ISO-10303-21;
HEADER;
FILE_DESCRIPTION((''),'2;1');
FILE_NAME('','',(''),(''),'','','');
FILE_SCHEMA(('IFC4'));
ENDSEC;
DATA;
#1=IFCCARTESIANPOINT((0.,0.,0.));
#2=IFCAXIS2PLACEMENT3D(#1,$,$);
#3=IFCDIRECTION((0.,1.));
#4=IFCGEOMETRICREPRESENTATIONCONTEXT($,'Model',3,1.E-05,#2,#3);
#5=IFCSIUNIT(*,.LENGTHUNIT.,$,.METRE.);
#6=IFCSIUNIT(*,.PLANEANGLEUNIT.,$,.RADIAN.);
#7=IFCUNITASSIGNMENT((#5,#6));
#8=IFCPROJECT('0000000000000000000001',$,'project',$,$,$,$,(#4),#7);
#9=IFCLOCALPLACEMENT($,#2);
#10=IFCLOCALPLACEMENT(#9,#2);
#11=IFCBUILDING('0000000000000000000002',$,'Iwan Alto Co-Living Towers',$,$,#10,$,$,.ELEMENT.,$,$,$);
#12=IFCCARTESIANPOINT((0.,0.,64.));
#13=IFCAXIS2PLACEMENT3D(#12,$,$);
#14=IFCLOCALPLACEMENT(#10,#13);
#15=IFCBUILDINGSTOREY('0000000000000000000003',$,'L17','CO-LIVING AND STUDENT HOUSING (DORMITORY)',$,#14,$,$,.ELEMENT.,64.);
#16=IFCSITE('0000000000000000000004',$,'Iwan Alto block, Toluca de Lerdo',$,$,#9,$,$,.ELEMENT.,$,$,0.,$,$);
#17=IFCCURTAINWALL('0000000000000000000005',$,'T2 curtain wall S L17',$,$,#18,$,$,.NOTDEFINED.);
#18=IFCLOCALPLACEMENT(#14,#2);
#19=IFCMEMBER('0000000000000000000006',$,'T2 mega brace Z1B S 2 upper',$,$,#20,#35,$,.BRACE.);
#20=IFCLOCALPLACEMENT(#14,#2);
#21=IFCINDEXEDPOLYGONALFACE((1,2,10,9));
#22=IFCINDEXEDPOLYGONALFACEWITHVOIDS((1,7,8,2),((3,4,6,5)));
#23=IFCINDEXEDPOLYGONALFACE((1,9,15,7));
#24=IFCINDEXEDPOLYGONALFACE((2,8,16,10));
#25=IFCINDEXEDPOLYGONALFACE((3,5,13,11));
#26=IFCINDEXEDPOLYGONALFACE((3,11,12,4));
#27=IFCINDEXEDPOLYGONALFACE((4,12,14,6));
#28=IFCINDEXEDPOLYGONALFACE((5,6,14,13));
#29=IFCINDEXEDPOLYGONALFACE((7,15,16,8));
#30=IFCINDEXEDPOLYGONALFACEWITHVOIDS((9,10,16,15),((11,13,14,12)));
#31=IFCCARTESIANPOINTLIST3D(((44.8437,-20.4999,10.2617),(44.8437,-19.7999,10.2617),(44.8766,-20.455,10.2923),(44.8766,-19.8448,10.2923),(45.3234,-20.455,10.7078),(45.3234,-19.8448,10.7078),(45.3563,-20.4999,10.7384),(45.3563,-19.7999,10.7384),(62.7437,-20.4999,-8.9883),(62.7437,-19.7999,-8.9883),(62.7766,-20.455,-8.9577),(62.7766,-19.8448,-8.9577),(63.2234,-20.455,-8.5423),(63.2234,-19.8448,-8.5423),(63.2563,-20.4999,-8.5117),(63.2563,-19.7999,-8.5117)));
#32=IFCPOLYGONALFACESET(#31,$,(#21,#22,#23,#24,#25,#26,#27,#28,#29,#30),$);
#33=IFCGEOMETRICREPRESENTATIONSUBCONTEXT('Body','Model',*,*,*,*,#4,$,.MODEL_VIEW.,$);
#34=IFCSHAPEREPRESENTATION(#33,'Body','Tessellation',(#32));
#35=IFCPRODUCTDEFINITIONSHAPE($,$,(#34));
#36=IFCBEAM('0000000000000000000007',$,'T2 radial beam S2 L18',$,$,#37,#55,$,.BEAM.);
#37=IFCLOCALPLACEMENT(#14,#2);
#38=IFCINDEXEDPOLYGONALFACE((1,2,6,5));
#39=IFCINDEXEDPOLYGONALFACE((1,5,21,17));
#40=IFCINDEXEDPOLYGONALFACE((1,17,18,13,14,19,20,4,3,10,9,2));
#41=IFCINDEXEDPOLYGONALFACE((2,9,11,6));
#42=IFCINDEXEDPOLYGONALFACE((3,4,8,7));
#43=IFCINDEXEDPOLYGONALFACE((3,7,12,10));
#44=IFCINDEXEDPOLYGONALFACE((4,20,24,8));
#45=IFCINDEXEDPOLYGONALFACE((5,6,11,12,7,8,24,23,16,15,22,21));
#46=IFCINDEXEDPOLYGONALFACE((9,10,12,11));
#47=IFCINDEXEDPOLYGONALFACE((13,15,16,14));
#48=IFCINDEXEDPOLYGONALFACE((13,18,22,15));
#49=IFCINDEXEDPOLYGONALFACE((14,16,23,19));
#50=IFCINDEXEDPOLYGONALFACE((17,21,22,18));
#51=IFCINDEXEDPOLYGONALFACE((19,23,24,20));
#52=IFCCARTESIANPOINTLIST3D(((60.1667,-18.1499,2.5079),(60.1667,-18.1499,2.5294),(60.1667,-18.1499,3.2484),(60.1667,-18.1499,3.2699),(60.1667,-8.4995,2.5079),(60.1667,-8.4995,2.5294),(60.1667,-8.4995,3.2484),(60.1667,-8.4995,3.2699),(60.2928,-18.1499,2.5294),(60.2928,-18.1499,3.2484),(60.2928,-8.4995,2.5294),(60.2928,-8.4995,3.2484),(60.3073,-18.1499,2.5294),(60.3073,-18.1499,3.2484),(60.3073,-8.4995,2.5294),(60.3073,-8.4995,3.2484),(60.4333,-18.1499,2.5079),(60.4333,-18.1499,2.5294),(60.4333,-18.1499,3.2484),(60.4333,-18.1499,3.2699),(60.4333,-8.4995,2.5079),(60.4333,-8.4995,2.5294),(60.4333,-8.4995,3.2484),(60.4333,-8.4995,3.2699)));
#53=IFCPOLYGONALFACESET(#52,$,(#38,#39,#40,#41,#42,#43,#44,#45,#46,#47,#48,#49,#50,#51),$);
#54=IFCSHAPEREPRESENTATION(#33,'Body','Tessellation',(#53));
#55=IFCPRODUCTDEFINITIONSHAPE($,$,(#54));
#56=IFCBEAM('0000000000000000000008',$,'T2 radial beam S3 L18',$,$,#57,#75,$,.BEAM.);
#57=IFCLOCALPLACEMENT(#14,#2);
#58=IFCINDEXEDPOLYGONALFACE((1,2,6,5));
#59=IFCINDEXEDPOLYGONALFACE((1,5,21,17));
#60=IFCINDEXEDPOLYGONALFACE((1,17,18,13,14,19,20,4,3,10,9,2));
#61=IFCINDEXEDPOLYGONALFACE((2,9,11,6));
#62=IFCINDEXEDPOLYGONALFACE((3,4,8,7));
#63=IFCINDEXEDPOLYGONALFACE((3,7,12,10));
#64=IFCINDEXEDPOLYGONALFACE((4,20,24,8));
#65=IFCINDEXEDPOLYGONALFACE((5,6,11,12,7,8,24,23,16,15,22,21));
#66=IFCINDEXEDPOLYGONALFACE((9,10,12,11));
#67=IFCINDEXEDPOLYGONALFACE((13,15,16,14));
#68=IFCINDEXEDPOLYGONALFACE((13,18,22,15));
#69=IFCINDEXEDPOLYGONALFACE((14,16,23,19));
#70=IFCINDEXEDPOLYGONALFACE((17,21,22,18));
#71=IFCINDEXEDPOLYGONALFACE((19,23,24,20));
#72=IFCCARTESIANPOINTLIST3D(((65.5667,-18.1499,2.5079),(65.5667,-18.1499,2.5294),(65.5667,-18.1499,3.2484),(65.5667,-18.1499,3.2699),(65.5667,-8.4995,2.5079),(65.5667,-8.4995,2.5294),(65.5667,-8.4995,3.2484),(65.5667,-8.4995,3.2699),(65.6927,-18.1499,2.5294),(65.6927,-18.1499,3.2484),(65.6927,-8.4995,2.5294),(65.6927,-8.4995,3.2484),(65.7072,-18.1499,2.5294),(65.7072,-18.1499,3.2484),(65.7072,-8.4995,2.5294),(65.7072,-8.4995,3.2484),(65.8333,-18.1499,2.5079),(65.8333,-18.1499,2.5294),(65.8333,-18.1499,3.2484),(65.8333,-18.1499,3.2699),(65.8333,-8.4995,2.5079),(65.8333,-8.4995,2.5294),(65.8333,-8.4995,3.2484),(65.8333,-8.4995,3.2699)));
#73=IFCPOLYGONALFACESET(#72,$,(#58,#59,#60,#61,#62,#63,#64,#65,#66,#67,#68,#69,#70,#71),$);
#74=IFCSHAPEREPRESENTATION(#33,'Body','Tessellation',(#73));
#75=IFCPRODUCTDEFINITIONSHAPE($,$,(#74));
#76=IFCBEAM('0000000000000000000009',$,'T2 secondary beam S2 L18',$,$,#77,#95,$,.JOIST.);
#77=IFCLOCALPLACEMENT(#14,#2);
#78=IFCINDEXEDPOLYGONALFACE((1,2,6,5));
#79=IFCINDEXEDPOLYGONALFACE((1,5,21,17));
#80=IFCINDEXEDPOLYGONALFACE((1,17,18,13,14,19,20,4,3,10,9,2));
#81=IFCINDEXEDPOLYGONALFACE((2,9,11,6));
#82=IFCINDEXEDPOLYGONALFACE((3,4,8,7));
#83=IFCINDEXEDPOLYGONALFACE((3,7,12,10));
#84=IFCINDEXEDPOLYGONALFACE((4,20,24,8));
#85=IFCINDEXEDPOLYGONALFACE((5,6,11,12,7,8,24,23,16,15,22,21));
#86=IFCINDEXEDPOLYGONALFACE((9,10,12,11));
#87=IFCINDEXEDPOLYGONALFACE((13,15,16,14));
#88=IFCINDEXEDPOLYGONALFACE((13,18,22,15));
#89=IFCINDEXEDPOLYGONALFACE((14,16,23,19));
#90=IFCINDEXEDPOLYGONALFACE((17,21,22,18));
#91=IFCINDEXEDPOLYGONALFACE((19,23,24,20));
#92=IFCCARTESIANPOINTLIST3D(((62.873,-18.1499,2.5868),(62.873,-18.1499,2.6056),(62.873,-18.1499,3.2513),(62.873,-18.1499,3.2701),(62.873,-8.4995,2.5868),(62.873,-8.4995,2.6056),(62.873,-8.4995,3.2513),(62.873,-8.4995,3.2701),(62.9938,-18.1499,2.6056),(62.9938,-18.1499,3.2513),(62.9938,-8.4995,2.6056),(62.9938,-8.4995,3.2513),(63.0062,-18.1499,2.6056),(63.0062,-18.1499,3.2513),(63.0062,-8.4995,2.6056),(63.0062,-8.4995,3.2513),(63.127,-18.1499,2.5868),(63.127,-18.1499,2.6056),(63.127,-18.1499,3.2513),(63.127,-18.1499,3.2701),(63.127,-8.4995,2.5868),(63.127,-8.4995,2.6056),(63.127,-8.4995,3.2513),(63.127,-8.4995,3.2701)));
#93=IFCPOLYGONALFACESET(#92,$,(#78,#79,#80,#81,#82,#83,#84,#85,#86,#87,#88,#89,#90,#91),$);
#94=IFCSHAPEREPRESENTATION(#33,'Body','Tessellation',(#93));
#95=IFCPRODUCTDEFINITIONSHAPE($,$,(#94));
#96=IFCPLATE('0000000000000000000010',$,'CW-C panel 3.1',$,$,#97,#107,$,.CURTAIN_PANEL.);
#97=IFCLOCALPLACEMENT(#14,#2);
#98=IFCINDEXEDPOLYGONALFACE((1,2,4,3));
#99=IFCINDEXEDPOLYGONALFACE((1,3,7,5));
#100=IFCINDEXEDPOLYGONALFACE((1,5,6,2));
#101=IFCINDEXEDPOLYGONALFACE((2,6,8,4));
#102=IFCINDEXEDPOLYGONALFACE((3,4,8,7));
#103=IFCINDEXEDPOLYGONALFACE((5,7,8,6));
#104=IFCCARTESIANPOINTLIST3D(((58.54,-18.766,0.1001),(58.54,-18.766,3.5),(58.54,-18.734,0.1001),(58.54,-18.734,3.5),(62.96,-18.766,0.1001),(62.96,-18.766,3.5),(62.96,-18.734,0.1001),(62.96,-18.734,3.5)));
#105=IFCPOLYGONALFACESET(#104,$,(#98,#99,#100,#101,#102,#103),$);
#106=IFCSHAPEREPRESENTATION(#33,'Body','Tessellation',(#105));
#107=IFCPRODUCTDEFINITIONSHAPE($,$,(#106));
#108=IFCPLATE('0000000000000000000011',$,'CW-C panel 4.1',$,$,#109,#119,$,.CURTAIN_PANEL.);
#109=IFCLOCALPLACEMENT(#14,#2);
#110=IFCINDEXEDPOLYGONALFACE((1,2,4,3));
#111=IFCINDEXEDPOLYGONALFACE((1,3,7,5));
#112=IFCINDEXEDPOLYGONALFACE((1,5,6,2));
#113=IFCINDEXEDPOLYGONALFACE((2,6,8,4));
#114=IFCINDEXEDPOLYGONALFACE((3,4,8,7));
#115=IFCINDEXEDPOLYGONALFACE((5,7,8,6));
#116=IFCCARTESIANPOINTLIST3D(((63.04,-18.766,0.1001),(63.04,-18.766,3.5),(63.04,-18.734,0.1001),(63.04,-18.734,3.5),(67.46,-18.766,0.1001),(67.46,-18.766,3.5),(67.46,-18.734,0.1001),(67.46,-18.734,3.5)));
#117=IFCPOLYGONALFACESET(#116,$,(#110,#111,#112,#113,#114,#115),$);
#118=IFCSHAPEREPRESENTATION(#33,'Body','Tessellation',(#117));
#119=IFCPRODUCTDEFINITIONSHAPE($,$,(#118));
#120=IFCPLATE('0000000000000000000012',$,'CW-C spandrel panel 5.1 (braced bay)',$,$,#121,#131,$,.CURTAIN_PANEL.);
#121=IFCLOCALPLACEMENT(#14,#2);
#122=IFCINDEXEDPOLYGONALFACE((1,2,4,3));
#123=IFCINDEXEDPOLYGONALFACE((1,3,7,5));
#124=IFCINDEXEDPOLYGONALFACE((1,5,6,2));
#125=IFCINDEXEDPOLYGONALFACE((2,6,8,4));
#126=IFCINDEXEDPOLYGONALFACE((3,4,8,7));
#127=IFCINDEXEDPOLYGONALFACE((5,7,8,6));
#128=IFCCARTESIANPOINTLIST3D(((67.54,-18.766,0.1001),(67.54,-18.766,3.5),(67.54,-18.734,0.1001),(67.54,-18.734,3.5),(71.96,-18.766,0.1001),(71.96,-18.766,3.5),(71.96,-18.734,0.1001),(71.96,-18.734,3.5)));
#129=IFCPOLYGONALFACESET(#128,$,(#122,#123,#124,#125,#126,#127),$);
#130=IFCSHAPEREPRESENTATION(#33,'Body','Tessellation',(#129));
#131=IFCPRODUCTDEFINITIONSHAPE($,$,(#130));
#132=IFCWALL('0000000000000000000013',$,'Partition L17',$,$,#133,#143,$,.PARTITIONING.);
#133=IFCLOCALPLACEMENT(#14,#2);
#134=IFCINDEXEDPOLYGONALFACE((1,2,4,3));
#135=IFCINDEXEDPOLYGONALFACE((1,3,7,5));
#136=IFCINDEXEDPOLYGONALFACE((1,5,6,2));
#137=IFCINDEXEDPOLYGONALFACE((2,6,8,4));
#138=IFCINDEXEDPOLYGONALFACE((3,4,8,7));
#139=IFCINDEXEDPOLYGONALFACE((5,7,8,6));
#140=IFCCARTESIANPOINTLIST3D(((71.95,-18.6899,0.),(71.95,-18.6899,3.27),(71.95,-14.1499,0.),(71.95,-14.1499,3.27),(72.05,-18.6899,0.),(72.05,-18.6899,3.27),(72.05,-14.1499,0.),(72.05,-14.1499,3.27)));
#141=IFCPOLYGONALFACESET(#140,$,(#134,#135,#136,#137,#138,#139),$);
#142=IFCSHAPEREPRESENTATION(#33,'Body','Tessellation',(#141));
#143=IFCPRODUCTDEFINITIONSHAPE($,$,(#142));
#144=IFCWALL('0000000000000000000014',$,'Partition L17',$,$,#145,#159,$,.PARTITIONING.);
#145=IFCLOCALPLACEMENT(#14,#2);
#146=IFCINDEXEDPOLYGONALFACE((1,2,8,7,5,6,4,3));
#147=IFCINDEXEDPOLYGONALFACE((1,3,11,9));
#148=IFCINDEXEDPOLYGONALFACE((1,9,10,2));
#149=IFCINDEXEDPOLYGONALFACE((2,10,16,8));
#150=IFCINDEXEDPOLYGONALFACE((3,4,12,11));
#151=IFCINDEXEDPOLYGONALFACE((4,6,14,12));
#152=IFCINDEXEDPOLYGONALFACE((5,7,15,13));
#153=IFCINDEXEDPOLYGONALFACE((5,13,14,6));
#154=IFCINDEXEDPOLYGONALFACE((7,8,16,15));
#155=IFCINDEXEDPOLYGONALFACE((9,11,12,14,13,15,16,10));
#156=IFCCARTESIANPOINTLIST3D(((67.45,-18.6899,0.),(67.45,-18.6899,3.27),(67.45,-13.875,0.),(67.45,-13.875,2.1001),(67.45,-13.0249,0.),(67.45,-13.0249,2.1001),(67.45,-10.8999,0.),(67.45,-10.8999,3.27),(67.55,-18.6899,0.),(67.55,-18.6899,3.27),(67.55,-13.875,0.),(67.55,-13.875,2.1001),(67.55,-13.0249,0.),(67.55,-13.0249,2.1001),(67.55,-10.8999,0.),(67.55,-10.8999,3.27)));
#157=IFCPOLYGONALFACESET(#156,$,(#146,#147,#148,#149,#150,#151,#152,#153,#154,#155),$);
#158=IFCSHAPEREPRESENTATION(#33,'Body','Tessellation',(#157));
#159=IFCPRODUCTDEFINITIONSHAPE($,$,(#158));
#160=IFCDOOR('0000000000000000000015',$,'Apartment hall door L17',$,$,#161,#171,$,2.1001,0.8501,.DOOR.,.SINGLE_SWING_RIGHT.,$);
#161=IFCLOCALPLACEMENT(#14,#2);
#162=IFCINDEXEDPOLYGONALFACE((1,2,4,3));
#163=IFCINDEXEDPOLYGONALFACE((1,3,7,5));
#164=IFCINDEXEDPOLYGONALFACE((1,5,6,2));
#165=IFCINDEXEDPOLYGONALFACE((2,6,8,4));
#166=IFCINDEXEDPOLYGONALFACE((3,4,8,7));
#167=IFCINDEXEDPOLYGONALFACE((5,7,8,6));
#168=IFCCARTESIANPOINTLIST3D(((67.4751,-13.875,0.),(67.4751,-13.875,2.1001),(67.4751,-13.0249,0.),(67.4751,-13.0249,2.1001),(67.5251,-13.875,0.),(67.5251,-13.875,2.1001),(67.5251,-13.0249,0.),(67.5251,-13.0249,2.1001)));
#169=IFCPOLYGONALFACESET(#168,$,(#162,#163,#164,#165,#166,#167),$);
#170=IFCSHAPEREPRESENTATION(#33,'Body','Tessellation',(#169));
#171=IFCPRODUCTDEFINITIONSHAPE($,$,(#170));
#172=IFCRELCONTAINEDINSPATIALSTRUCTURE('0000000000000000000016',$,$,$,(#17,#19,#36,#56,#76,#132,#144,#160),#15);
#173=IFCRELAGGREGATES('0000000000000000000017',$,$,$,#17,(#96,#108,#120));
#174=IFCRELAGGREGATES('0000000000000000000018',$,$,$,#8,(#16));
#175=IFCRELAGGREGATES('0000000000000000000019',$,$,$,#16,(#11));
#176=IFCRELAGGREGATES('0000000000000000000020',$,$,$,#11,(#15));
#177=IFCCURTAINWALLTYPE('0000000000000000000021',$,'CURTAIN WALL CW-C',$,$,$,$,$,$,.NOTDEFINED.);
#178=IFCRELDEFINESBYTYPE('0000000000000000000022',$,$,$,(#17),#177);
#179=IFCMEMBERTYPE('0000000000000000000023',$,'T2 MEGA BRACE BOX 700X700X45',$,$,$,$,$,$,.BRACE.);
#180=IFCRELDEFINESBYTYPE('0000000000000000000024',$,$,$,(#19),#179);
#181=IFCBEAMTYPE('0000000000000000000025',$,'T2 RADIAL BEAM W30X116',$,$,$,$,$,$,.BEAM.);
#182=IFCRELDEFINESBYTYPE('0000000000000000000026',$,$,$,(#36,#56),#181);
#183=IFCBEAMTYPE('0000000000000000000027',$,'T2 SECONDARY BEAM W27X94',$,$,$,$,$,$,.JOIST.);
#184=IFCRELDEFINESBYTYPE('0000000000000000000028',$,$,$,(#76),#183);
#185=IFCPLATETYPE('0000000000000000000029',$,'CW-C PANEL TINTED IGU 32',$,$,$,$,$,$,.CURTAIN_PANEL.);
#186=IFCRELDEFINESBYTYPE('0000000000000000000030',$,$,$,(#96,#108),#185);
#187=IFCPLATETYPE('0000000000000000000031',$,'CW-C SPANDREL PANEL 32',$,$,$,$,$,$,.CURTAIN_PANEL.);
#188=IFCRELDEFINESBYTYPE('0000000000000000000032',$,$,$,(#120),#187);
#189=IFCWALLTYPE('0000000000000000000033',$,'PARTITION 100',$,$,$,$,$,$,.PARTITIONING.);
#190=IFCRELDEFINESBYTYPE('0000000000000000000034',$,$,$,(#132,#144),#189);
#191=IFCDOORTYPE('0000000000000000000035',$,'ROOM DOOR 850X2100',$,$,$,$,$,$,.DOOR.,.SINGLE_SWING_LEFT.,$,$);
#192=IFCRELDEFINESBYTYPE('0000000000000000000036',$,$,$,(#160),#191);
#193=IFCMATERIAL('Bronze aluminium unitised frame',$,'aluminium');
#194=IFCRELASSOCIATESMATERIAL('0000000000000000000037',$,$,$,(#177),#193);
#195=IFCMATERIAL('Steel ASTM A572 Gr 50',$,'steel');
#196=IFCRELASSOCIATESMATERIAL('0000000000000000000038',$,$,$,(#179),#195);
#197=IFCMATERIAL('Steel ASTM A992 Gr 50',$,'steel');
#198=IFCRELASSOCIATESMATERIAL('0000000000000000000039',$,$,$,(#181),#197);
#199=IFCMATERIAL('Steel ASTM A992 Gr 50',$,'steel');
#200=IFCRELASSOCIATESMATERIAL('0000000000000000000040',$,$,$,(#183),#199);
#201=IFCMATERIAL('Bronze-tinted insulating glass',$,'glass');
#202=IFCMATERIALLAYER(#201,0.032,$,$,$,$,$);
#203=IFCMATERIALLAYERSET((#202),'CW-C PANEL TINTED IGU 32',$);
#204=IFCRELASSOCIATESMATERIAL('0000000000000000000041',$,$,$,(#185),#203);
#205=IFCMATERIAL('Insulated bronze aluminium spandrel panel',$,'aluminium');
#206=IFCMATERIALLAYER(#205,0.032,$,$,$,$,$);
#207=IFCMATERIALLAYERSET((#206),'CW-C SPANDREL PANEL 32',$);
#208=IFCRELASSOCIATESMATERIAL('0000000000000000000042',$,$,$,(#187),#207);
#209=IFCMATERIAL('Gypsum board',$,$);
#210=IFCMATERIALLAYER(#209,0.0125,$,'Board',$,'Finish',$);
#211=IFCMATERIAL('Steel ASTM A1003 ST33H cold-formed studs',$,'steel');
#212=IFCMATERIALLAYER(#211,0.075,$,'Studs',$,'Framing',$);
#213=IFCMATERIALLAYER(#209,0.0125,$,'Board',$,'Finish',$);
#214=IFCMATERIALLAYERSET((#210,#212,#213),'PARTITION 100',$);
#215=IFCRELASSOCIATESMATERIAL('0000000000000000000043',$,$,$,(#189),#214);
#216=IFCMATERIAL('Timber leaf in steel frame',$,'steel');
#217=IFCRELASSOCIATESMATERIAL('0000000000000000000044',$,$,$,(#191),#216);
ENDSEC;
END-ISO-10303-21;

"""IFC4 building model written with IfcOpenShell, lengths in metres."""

from ifc_helpers import new_model, si_unit, direction, frame, frame_2d, origin, origin_2d, place, context, subcontext, project, spatial, rectangle, hollow_rectangle, i_section, extrude, material, layer, layer_set, material_profile, profile_set, type_object, element, fill, aggregate, save


model = new_model("IFC4")

# Units and contexts
model_context = context("Model", 3, precision=1e-05, world=origin(), true_north=direction((0.0, 1.0)))
body_context = subcontext(model_context, "Body", "Model", "MODEL_VIEW")
ifc_project = project(units=[si_unit("LENGTHUNIT", "METRE"), si_unit("PLANEANGLEUNIT", "RADIAN")], contexts=[model_context])

# Site, building, storey
site_placement = place(None, origin())
site = spatial("IfcSite", under=ifc_project, at=site_placement, Name="Iwan Alto block, Toluca de Lerdo", CompositionType="ELEMENT", RefElevation=0.0)
building_placement = place(site_placement, origin())
building = spatial("IfcBuilding", under=site, at=building_placement, Name="Iwan Alto Co-Living Towers", CompositionType="ELEMENT")
storey_placement = place(building_placement, frame((0.0, 0.0, 64.0)))
storey = spatial("IfcBuildingStorey", under=building, at=storey_placement, Name="L17", Description="CO-LIVING AND STUDENT HOUSING (DORMITORY)", CompositionType="ELEMENT", Elevation=64.0)

# Curtain wall
ifc_material_1 = material(Name="Bronze aluminium unitised frame", Category="aluminium")
curtain_wall_type = type_object("IfcCurtainWallType", Name="CURTAIN WALL CW-C", PredefinedType="NOTDEFINED", material=ifc_material_1)
curtain_wall_placement = place(storey_placement, origin())
curtain_wall = element("IfcCurtainWall", 1, at=curtain_wall_placement, inside=storey, type_object=curtain_wall_type, Name="T2 curtain wall S L17", PredefinedType="NOTDEFINED")

# Member
ifc_material_2 = material(Name="Steel ASTM A572 Gr 50", Category="steel")
ifc_material_profile_1 = material_profile(ifc_material_2, hollow_rectangle(XDim=0.7, YDim=0.7, WallThickness=0.0449, at=origin_2d()), Name="BOX 700X700X45")
ifc_profile_set_1 = profile_set([ifc_material_profile_1], Name="Steel ASTM A572 Gr 50")
member_type_1 = type_object("IfcMemberType", Name="T2 MEGA BRACE BOX 700X700X45", PredefinedType="BRACE", material=ifc_profile_set_1)
for number, where, z_axis, x_axis, name in (
    (2, (63.0, -20.1499, -8.75), (-0.68096, 0.0, 0.732321), (0.0, -1.0, 0.0), "T2 mega brace Z1B S 2 upper"),
):
    element("IfcMember", number, at=place(storey_placement, frame(where, z_axis=z_axis, x_axis=x_axis)), inside=storey, type_object=member_type_1, Name=name, PredefinedType="BRACE", context=body_context, shape_type="SweptSolid", body=[
        extrude(hollow_rectangle(XDim=0.7, YDim=0.7, WallThickness=0.0449, at=origin_2d()), origin(), (0.0, 0.0, 1.0), 26.2864),
    ])

# Beams
ifc_material_3 = material(Name="Steel ASTM A992 Gr 50", Category="steel")
ifc_material_profile_2 = material_profile(ifc_material_3, i_section(OverallWidth=0.2666, OverallDepth=0.762, WebThickness=0.0144, FlangeThickness=0.0215, at=origin_2d()), Name="W30X116")
ifc_profile_set_2 = profile_set([ifc_material_profile_2], Name="Steel ASTM A992 Gr 50")
beam_type_1 = type_object("IfcBeamType", Name="T2 RADIAL BEAM W30X116", PredefinedType="BEAM", material=ifc_profile_set_2)
for number, where, z_axis, x_axis, name in (
    (3, (60.3, -18.1499, 2.8889), (0.0, 1.0, 0.0), (-1.0, 0.0, 0.0), "T2 radial beam S2 L18"),
    (4, (65.7, -18.1499, 2.8889), (0.0, 1.0, 0.0), (-1.0, 0.0, 0.0), "T2 radial beam S3 L18"),
):
    element("IfcBeam", number, at=place(storey_placement, frame(where, z_axis=z_axis, x_axis=x_axis)), inside=storey, type_object=beam_type_1, Name=name, PredefinedType="BEAM", context=body_context, shape_type="SweptSolid", body=[
        extrude(i_section(OverallWidth=0.2666, OverallDepth=0.762, WebThickness=0.0144, FlangeThickness=0.0215, at=origin_2d()), origin(), (0.0, 0.0, 1.0), 9.6504),
    ])
ifc_material_4 = material(Name="Steel ASTM A992 Gr 50", Category="steel")
ifc_material_profile_3 = material_profile(ifc_material_4, i_section(OverallWidth=0.2539, OverallDepth=0.6833, WebThickness=0.0125, FlangeThickness=0.0188, at=origin_2d()), Name="W27X94")
ifc_profile_set_3 = profile_set([ifc_material_profile_3], Name="Steel ASTM A992 Gr 50")
beam_type_2 = type_object("IfcBeamType", Name="T2 SECONDARY BEAM W27X94", PredefinedType="JOIST", material=ifc_profile_set_3)
beam_1_placement = place(storey_placement, frame((63.0, -18.1499, 2.9285), z_axis=(0.0, 1.0, 0.0), x_axis=(-1.0, 0.0, 0.0)))
element("IfcBeam", 5, at=beam_1_placement, inside=storey, type_object=beam_type_2, Name="T2 secondary beam S2 L18", PredefinedType="JOIST", context=body_context, shape_type="SweptSolid", body=[
    extrude(i_section(OverallWidth=0.2539, OverallDepth=0.6833, WebThickness=0.0125, FlangeThickness=0.0188, at=origin_2d()), origin(), (0.0, 0.0, 1.0), 9.6504),
])

# Plates
ifc_material_5 = material(Name="Bronze-tinted insulating glass", Category="glass")
ifc_layer_1 = layer(ifc_material_5, 0.032)
ifc_layer_set_1 = layer_set([ifc_layer_1], Name="CW-C PANEL TINTED IGU 32")
plate_type_1 = type_object("IfcPlateType", Name="CW-C PANEL TINTED IGU 32", PredefinedType="CURTAIN_PANEL", material=ifc_layer_set_1)
plate_1_placement = place(storey_placement, frame((60.75, -18.75, 0.1001), z_axis=(0.0, 0.0, 1.0), x_axis=(1.0, 0.0, 0.0)))
plate_1 = element("IfcPlate", 6, at=plate_1_placement, type_object=plate_type_1, Name="CW-C panel 3.1", PredefinedType="CURTAIN_PANEL", context=body_context, shape_type="SweptSolid", body=[
    extrude(rectangle(XDim=4.4199, YDim=0.032, at=origin_2d()), origin(), (0.0, 0.0, 1.0), 3.3999),
])
plate_2_placement = place(storey_placement, frame((65.25, -18.75, 0.1001), z_axis=(0.0, 0.0, 1.0), x_axis=(1.0, 0.0, 0.0)))
plate_2 = element("IfcPlate", 7, at=plate_2_placement, type_object=plate_type_1, Name="CW-C panel 4.1", PredefinedType="CURTAIN_PANEL", context=body_context, shape_type="SweptSolid", body=[
    extrude(rectangle(XDim=4.4199, YDim=0.032, at=origin_2d()), origin(), (0.0, 0.0, 1.0), 3.3999),
])
ifc_material_6 = material(Name="Insulated bronze aluminium spandrel panel", Category="aluminium")
ifc_layer_2 = layer(ifc_material_6, 0.032)
ifc_layer_set_2 = layer_set([ifc_layer_2], Name="CW-C SPANDREL PANEL 32")
plate_type_2 = type_object("IfcPlateType", Name="CW-C SPANDREL PANEL 32", PredefinedType="CURTAIN_PANEL", material=ifc_layer_set_2)
plate_3_placement = place(storey_placement, frame((69.75, -18.75, 0.1001), z_axis=(0.0, 0.0, 1.0), x_axis=(1.0, 0.0, 0.0)))
plate_3 = element("IfcPlate", 8, at=plate_3_placement, type_object=plate_type_2, Name="CW-C spandrel panel 5.1 (braced bay)", PredefinedType="CURTAIN_PANEL", context=body_context, shape_type="SweptSolid", body=[
    extrude(rectangle(XDim=4.4199, YDim=0.032, at=origin_2d()), origin(), (0.0, 0.0, 1.0), 3.3999),
])
aggregate(curtain_wall, [plate_1, plate_2, plate_3])

# Wall
ifc_material_7 = material(Name="Gypsum board")
ifc_layer_3 = layer(ifc_material_7, 0.0125, Name="Board", Category="Finish")
ifc_material_8 = material(Name="Steel ASTM A1003 ST33H cold-formed studs", Category="steel")
ifc_layer_4 = layer(ifc_material_8, 0.075, Name="Studs", Category="Framing")
ifc_layer_5 = layer(ifc_material_7, 0.0125, Name="Board", Category="Finish")
ifc_layer_set_3 = layer_set([ifc_layer_3, ifc_layer_4, ifc_layer_5], Name="PARTITION 100")
wall_type = type_object("IfcWallType", Name="PARTITION 100", PredefinedType="PARTITIONING", material=ifc_layer_set_3)
wall_1_placement = place(storey_placement, frame((72.0, -18.6899, 0.0), z_axis=(0.0, 0.0, 1.0), x_axis=(0.0, 1.0, 0.0)))
element("IfcWall", 9, at=wall_1_placement, inside=storey, type_object=wall_type, Name="Partition L17", PredefinedType="PARTITIONING", context=body_context, shape_type="SweptSolid", body=[
    extrude(rectangle(XDim=4.54, YDim=0.1001, at=frame_2d((2.27, 0.0))), origin(), (0.0, 0.0, 1.0), 3.27),
])

# Wall, opening, door
wall_2_placement = place(storey_placement, frame((67.5, -18.6899, 0.0), z_axis=(0.0, 0.0, 1.0), x_axis=(0.0, 1.0, 0.0)))
wall_2 = element("IfcWall", 10, at=wall_2_placement, inside=storey, type_object=wall_type, Name="Partition L17", PredefinedType="PARTITIONING", context=body_context, shape_type="SweptSolid", body=[
    extrude(rectangle(XDim=7.79, YDim=0.1001, at=frame_2d((3.895, 0.0))), origin(), (0.0, 0.0, 1.0), 3.27),
])
opening_placement = place(wall_2_placement, frame((4.8149, 0.0, 0.0)))
opening = element("IfcOpeningElement", 11, at=opening_placement, cuts=wall_2, PredefinedType="OPENING", context=body_context, shape_type="SweptSolid", body=[
    extrude(rectangle(XDim=0.8501, YDim=2.1001, at=frame_2d((0.425, 1.05))), frame((0.0, 0.0601, 0.0), z_axis=(0.0, -1.0, 0.0), x_axis=(1.0, 0.0, 0.0)), (0.0, 0.0, 1.0), 0.1201),
])
ifc_material_9 = material(Name="Timber leaf in steel frame", Category="steel")
door_type = type_object("IfcDoorType", Name="ROOM DOOR 850X2100", OperationType="SINGLE_SWING_LEFT", PredefinedType="DOOR", material=ifc_material_9)
door_placement = place(opening_placement, origin())
door = element("IfcDoor", 12, at=door_placement, inside=storey, type_object=door_type, Name="Apartment hall door L17", OperationType="SINGLE_SWING_RIGHT", OverallHeight=2.1001, OverallWidth=0.8501, PredefinedType="DOOR", context=body_context, shape_type="SweptSolid", body=[
    extrude(rectangle(XDim=0.8501, YDim=2.1001, at=frame_2d((0.425, 1.05))), frame((0.0, 0.0249, 0.0), z_axis=(0.0, -1.0, 0.0), x_axis=(1.0, 0.0, 0.0)), (0.0, 0.0, 1.0), 0.05),
])
fill(opening, door)

save(model, "model.ifc")
